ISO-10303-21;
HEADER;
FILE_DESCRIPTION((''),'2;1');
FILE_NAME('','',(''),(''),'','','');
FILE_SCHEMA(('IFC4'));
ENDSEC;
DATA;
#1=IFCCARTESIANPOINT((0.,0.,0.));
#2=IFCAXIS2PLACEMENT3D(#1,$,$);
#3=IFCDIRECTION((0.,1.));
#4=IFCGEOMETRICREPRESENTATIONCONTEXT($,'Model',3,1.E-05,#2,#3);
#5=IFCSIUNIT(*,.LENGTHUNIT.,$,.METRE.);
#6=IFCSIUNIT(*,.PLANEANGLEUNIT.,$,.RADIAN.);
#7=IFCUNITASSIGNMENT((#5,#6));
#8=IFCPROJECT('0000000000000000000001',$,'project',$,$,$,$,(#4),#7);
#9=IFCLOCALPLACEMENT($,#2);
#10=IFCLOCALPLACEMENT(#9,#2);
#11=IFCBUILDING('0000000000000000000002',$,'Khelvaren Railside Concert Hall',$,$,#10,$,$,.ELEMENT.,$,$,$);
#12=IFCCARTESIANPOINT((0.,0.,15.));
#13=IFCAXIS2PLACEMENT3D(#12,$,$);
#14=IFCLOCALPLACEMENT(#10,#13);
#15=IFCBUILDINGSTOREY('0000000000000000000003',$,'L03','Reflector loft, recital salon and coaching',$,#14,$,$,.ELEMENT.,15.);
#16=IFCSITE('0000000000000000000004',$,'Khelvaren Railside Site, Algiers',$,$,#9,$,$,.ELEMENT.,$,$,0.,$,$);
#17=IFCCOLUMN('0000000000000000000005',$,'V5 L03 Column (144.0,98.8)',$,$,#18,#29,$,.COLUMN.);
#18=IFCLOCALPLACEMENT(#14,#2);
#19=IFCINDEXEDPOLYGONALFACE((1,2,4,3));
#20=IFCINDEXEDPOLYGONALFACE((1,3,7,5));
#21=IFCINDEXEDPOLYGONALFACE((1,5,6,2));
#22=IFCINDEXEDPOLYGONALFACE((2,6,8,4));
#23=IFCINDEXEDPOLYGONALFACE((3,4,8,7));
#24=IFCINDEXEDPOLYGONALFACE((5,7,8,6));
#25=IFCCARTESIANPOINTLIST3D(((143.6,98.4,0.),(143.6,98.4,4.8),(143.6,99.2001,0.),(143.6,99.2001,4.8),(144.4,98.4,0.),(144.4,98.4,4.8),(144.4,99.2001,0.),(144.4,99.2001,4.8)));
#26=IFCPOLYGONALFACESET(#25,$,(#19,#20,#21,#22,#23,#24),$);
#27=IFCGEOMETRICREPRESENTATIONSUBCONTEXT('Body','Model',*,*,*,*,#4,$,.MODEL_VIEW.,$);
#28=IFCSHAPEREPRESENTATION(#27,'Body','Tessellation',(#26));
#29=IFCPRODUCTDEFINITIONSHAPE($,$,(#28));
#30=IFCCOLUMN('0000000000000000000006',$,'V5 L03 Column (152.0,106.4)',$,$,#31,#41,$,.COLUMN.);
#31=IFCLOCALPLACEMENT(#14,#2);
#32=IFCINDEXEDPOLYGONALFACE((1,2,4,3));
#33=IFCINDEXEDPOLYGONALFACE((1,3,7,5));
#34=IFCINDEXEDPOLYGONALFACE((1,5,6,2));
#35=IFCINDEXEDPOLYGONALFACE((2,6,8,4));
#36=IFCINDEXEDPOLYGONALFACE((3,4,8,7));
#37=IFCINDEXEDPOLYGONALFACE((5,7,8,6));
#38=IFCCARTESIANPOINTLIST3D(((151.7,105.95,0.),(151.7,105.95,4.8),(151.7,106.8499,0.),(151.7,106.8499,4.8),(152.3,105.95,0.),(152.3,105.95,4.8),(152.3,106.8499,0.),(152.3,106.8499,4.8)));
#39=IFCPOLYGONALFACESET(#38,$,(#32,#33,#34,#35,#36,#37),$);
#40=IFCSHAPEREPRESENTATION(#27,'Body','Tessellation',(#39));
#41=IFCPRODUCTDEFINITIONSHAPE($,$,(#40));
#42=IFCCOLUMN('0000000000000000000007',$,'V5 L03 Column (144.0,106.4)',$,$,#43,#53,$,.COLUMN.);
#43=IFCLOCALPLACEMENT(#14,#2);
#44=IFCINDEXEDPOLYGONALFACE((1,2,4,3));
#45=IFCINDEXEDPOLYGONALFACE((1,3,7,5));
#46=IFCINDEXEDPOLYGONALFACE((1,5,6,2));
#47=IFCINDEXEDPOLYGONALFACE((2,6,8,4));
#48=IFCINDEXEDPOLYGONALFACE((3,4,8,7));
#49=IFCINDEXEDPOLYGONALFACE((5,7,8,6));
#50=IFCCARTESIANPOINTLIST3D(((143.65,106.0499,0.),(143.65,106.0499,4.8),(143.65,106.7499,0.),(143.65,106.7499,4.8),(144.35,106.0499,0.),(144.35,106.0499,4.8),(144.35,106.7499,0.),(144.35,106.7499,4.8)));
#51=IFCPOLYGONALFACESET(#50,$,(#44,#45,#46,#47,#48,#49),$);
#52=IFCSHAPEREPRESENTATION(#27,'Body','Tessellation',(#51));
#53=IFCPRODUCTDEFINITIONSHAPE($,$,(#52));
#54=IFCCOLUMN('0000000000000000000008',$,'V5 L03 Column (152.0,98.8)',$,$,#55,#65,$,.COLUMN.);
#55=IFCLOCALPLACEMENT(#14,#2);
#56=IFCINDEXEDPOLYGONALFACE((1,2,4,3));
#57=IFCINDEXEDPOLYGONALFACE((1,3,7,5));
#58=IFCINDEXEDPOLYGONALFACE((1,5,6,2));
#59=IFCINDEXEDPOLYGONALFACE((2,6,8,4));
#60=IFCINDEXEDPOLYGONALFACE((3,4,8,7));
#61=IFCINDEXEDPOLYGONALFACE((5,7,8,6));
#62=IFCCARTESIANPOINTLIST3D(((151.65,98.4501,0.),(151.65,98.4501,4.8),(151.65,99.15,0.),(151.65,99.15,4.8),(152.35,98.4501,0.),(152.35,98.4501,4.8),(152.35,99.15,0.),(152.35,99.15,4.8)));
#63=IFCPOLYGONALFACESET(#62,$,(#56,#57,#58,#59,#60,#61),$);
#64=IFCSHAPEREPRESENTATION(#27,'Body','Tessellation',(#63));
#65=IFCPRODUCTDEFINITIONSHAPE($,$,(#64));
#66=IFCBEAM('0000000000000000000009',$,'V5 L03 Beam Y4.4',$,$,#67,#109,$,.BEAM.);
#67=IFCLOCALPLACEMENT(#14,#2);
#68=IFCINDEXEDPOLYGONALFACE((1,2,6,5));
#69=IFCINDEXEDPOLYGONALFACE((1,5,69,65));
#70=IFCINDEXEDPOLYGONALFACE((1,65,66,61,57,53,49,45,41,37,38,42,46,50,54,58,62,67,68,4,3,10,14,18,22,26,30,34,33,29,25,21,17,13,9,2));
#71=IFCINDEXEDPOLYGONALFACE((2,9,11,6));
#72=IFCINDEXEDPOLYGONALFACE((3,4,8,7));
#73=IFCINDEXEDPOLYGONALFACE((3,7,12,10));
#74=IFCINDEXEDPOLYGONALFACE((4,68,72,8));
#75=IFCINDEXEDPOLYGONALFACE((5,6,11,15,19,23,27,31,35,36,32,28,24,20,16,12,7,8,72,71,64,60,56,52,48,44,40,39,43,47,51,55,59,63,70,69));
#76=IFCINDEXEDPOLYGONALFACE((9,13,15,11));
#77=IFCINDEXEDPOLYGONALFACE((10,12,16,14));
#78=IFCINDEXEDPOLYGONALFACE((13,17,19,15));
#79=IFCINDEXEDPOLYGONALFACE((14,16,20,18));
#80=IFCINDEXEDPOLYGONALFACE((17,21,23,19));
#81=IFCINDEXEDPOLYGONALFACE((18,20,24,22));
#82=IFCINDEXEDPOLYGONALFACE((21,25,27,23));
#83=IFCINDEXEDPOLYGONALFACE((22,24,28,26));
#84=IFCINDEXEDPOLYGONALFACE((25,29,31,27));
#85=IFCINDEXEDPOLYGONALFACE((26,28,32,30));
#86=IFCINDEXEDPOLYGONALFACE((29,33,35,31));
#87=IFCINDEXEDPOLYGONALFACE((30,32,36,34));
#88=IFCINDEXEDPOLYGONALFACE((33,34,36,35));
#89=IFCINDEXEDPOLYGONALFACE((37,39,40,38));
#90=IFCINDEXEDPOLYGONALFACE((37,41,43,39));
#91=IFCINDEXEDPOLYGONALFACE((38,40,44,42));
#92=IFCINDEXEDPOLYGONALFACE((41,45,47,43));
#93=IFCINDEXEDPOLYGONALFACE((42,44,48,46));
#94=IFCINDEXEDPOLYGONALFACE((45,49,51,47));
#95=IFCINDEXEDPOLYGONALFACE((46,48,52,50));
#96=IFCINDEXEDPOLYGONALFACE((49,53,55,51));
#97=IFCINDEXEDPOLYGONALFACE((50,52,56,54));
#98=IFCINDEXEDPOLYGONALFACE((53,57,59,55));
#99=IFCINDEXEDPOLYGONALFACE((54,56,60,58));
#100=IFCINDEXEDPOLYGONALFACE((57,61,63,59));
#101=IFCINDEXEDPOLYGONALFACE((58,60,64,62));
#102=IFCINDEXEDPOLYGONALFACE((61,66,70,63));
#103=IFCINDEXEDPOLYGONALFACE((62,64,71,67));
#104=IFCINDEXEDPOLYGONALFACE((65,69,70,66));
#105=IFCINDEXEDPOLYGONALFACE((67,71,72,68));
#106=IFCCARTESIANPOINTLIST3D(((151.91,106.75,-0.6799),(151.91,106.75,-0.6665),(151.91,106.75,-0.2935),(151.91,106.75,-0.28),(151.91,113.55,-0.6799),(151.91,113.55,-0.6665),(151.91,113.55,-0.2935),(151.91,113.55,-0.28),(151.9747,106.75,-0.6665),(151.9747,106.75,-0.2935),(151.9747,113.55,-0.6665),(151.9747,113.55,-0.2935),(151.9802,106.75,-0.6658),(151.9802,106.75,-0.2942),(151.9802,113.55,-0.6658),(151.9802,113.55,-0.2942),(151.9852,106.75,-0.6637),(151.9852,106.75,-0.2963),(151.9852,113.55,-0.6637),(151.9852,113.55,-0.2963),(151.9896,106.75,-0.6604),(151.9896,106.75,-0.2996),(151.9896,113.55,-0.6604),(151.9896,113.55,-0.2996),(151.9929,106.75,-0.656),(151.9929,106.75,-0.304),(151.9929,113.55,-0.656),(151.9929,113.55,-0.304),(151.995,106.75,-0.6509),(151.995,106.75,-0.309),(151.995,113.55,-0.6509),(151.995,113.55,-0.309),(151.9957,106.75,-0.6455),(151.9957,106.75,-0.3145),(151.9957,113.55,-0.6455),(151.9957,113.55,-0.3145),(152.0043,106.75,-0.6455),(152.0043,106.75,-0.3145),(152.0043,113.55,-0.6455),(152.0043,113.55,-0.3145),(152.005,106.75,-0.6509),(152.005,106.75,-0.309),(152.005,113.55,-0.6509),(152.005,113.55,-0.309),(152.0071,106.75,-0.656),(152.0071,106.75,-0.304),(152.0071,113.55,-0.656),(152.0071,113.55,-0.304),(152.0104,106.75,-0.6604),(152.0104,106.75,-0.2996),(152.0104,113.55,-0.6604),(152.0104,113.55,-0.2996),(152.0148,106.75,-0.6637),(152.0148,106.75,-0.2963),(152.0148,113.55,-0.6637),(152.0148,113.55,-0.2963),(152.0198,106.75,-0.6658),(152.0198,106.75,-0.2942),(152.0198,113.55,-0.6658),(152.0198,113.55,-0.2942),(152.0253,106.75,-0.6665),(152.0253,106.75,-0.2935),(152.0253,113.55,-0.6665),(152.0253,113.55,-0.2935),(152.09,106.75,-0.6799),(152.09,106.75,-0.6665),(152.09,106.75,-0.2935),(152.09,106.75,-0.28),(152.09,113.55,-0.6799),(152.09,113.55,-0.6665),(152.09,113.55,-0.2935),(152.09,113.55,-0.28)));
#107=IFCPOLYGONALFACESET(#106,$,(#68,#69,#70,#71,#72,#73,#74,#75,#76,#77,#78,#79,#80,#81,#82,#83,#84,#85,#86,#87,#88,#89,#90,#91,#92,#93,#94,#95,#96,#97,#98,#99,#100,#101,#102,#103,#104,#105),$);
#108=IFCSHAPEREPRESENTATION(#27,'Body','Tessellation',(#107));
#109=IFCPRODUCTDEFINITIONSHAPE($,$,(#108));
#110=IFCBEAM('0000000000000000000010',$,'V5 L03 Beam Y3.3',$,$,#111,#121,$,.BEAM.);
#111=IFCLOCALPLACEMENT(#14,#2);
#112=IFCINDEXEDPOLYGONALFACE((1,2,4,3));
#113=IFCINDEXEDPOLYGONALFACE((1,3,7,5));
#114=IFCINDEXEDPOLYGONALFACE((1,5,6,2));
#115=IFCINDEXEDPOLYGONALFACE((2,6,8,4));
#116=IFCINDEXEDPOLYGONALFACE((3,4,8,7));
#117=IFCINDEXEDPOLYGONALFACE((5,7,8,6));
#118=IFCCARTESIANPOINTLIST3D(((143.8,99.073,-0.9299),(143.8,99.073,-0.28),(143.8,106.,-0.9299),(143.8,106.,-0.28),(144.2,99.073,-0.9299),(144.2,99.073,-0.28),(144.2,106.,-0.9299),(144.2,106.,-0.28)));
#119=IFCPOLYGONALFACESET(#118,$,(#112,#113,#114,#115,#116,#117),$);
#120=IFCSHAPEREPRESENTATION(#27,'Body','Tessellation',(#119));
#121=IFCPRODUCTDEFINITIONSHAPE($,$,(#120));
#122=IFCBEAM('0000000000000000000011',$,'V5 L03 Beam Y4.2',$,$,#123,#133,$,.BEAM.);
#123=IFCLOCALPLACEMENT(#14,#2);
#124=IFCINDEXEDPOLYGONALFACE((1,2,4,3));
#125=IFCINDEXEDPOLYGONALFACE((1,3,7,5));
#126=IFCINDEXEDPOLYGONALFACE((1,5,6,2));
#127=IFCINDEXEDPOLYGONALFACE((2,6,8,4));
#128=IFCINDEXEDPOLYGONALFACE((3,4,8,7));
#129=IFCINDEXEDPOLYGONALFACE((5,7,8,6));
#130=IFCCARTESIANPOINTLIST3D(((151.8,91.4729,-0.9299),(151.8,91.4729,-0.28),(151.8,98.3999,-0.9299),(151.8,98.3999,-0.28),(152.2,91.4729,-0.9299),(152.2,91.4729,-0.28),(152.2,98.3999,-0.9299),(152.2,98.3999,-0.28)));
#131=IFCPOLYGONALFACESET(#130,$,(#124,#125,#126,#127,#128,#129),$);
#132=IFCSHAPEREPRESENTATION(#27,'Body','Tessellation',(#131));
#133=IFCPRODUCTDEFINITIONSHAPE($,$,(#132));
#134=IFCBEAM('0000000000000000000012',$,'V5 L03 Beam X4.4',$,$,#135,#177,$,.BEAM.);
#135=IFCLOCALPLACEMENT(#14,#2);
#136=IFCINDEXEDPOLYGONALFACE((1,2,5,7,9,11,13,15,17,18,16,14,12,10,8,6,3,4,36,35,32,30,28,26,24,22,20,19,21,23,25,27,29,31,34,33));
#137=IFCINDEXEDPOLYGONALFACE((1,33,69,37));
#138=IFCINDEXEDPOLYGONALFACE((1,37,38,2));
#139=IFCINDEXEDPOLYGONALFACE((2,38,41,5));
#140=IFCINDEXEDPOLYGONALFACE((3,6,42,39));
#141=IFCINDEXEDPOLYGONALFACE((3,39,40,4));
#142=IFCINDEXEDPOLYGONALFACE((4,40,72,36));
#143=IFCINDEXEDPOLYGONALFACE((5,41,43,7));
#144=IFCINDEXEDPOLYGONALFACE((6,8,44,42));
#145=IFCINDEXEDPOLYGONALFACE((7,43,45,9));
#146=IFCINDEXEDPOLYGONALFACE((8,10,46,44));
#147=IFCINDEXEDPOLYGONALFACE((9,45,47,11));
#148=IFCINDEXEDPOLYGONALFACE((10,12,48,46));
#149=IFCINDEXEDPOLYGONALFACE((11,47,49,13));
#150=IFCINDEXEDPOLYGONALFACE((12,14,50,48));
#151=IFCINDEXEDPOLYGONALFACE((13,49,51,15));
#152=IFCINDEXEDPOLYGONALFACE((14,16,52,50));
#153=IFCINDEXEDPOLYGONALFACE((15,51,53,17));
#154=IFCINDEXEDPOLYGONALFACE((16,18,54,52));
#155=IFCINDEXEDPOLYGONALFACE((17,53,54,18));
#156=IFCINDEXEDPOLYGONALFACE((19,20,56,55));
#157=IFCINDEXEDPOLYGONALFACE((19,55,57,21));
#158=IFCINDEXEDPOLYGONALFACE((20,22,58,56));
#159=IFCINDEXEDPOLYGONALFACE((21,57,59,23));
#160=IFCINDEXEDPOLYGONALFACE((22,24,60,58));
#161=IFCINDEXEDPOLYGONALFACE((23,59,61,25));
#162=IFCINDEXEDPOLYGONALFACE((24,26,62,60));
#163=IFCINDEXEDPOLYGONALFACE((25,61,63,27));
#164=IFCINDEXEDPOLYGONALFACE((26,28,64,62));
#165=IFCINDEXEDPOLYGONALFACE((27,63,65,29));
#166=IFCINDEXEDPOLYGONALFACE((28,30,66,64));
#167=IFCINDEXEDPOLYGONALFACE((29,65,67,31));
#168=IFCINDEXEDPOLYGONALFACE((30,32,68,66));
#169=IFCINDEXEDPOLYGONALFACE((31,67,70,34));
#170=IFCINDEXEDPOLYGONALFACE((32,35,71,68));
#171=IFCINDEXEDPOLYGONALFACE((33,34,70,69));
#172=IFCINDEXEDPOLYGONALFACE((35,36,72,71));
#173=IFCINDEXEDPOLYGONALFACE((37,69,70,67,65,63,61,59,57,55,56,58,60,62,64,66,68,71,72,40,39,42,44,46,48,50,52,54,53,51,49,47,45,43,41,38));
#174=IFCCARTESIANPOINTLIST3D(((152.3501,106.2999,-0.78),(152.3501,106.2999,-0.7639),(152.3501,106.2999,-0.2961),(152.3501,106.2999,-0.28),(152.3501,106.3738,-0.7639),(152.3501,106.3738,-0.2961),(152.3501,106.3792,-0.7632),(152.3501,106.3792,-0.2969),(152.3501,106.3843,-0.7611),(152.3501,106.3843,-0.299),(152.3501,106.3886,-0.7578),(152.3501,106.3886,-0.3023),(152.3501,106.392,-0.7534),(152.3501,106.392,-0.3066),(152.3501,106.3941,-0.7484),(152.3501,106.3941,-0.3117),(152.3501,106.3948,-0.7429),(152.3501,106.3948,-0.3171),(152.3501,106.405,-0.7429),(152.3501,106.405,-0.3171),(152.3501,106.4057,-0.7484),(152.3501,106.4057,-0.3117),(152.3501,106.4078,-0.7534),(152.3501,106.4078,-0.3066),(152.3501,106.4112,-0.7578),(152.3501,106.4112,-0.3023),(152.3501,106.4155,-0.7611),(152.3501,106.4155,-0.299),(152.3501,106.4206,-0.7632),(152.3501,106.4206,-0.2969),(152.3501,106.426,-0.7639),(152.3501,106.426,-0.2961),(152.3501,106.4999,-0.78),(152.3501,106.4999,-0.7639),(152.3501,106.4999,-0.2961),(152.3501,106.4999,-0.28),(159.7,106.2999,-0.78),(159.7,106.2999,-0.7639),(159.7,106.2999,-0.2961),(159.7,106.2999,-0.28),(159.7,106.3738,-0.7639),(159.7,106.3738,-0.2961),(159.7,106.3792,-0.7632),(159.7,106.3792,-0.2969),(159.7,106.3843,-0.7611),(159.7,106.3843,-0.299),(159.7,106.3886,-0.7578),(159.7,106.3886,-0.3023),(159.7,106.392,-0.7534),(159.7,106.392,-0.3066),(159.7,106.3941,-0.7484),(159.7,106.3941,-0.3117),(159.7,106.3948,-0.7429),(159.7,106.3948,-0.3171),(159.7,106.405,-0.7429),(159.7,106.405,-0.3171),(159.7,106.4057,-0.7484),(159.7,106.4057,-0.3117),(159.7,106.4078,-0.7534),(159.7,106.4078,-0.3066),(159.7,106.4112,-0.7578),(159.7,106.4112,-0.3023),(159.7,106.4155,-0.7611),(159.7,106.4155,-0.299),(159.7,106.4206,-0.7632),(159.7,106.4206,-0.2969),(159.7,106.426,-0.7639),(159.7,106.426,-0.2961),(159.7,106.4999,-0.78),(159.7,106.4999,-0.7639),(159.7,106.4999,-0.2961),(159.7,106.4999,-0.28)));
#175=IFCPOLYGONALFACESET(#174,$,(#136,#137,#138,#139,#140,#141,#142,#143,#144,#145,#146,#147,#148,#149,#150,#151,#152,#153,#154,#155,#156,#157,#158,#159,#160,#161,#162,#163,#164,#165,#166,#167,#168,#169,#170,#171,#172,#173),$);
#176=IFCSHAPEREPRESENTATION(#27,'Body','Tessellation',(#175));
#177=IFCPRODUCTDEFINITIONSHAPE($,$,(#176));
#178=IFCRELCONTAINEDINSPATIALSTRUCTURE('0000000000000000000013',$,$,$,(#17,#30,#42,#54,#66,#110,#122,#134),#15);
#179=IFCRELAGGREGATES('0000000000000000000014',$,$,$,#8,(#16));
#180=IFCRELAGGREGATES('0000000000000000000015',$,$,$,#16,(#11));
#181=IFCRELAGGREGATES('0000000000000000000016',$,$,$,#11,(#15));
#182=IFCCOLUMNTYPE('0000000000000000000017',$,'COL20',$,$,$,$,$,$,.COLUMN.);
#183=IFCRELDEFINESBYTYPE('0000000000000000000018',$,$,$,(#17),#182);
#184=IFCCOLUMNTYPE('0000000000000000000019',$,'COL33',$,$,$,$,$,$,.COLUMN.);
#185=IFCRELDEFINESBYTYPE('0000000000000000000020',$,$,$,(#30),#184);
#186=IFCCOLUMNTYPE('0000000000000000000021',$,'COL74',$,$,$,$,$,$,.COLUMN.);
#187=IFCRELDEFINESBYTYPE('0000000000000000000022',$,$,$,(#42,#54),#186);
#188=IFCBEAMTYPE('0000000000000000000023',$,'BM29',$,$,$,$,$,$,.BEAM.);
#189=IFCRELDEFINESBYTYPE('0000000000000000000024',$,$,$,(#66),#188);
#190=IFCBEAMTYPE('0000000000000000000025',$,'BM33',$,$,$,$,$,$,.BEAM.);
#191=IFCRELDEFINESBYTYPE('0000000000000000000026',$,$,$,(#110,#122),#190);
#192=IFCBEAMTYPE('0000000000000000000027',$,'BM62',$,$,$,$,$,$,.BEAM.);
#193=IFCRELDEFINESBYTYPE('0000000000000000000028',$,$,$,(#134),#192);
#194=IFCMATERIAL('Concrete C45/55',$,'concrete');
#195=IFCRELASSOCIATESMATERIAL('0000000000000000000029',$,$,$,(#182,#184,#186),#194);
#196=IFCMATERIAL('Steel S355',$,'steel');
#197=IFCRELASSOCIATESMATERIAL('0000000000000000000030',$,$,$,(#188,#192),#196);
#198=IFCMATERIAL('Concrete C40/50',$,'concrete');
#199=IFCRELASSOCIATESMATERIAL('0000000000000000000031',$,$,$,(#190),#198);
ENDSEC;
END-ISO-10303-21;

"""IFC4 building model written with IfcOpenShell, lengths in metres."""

from ifc_helpers import new_model, si_unit, direction, frame, origin, origin_2d, place, context, subcontext, project, spatial, rectangle, i_section, extrude, material, material_profile, profile_set, type_object, element, save


model = new_model("IFC4")

# Units and contexts
model_context = context("Model", 3, precision=1e-05, world=origin(), true_north=direction((0.0, 1.0)))
body_context = subcontext(model_context, "Body", "Model", "MODEL_VIEW")
ifc_project = project(units=[si_unit("LENGTHUNIT", "METRE"), si_unit("PLANEANGLEUNIT", "RADIAN")], contexts=[model_context])

# Site, building, storey
site_placement = place(None, origin())
site = spatial("IfcSite", under=ifc_project, at=site_placement, Name="Khelvaren Railside Site, Algiers", CompositionType="ELEMENT", RefElevation=0.0)
building_placement = place(site_placement, origin())
building = spatial("IfcBuilding", under=site, at=building_placement, Name="Khelvaren Railside Concert Hall", CompositionType="ELEMENT")
storey_placement = place(building_placement, frame((0.0, 0.0, 15.0)))
storey = spatial("IfcBuildingStorey", under=building, at=storey_placement, Name="L03", Description="Reflector loft, recital salon and coaching", CompositionType="ELEMENT", Elevation=15.0)

# Columns
ifc_material_1 = material(Name="Concrete C45/55", Category="concrete")
ifc_material_profile_1 = material_profile(ifc_material_1, rectangle(XDim=0.8, YDim=0.8, at=origin_2d()), Name="RC 800x800")
ifc_profile_set_1 = profile_set([ifc_material_profile_1], Name="Concrete C45/55")
column_type_1 = type_object("IfcColumnType", Name="COL20", PredefinedType="COLUMN", material=ifc_profile_set_1)
column_1_placement = place(storey_placement, frame((144.0, 98.8, 0.0), z_axis=(0.0, 0.0, 1.0), x_axis=(1.0, 0.0, 0.0)))
element("IfcColumn", 1, at=column_1_placement, inside=storey, type_object=column_type_1, Name="V5 L03 Column (144.0,98.8)", PredefinedType="COLUMN", context=body_context, shape_type="SweptSolid", body=[
    extrude(rectangle(XDim=0.8, YDim=0.8, at=origin_2d()), origin(), (0.0, 0.0, 1.0), 4.8),
])
ifc_material_profile_2 = material_profile(ifc_material_1, rectangle(XDim=0.6001, YDim=0.8999, at=origin_2d()), Name="RC 600x900")
ifc_profile_set_2 = profile_set([ifc_material_profile_2], Name="Concrete C45/55")
column_type_2 = type_object("IfcColumnType", Name="COL33", PredefinedType="COLUMN", material=ifc_profile_set_2)
column_2_placement = place(storey_placement, frame((152.0, 106.3999, 0.0), z_axis=(0.0, 0.0, 1.0), x_axis=(1.0, 0.0, 0.0)))
element("IfcColumn", 2, at=column_2_placement, inside=storey, type_object=column_type_2, Name="V5 L03 Column (152.0,106.4)", PredefinedType="COLUMN", context=body_context, shape_type="SweptSolid", body=[
    extrude(rectangle(XDim=0.6001, YDim=0.8999, at=origin_2d()), origin(), (0.0, 0.0, 1.0), 4.8),
])
ifc_material_profile_3 = material_profile(ifc_material_1, rectangle(XDim=0.7, YDim=0.7, at=origin_2d()), Name="RC 700x700")
ifc_profile_set_3 = profile_set([ifc_material_profile_3], Name="Concrete C45/55")
column_type_3 = type_object("IfcColumnType", Name="COL74", PredefinedType="COLUMN", material=ifc_profile_set_3)
for number, where, z_axis, x_axis, name in (
    (3, (144.0, 106.3999, 0.0), (0.0, 0.0, 1.0), (1.0, 0.0, 0.0), "V5 L03 Column (144.0,106.4)"),
    (4, (152.0, 98.8, 0.0), (0.0, 0.0, 1.0), (1.0, 0.0, 0.0), "V5 L03 Column (152.0,98.8)"),
):
    element("IfcColumn", number, at=place(storey_placement, frame(where, z_axis=z_axis, x_axis=x_axis)), inside=storey, type_object=column_type_3, Name=name, PredefinedType="COLUMN", context=body_context, shape_type="SweptSolid", body=[
        extrude(rectangle(XDim=0.7, YDim=0.7, at=origin_2d()), origin(), (0.0, 0.0, 1.0), 4.8),
    ])

# Beams
ifc_material_2 = material(Name="Steel S355", Category="steel")
ifc_material_profile_4 = material_profile(ifc_material_2, i_section(OverallWidth=0.1799, OverallDepth=0.3999, WebThickness=0.0085, FlangeThickness=0.0134, FilletRadius=0.021, at=origin_2d()), Name="IPE 400")
ifc_profile_set_4 = profile_set([ifc_material_profile_4], Name="Steel S355")
beam_type_1 = type_object("IfcBeamType", Name="BM29", PredefinedType="BEAM", material=ifc_profile_set_4)
beam_1_placement = place(storey_placement, frame((152.0, 106.75, -0.48), z_axis=(0.0, 1.0, 0.0), x_axis=(-1.0, 0.0, 0.0)))
element("IfcBeam", 5, at=beam_1_placement, inside=storey, type_object=beam_type_1, Name="V5 L03 Beam Y4.4", PredefinedType="BEAM", context=body_context, shape_type="SweptSolid", body=[
    extrude(i_section(OverallWidth=0.1799, OverallDepth=0.3999, WebThickness=0.0085, FlangeThickness=0.0134, FilletRadius=0.021, at=origin_2d()), origin(), (0.0, 0.0, 1.0), 6.8),
])
ifc_material_3 = material(Name="Concrete C40/50", Category="concrete")
ifc_material_profile_5 = material_profile(ifc_material_3, rectangle(XDim=0.3999, YDim=0.6499, at=origin_2d()), Name="RCB 400x650")
ifc_profile_set_5 = profile_set([ifc_material_profile_5], Name="Concrete C40/50")
beam_type_2 = type_object("IfcBeamType", Name="BM33", PredefinedType="BEAM", material=ifc_profile_set_5)
for number, where, z_axis, x_axis, name in (
    (6, (144.0, 99.073, -0.605), (0.0, 1.0, 0.0), (-1.0, 0.0, 0.0), "V5 L03 Beam Y3.3"),
    (7, (152.0, 91.4729, -0.605), (0.0, 1.0, 0.0), (-1.0, 0.0, 0.0), "V5 L03 Beam Y4.2"),
):
    element("IfcBeam", number, at=place(storey_placement, frame(where, z_axis=z_axis, x_axis=x_axis)), inside=storey, type_object=beam_type_2, Name=name, PredefinedType="BEAM", context=body_context, shape_type="SweptSolid", body=[
        extrude(rectangle(XDim=0.3999, YDim=0.6499, at=origin_2d()), origin(), (0.0, 0.0, 1.0), 6.927),
    ])
ifc_material_profile_6 = material_profile(ifc_material_2, i_section(OverallWidth=0.2, OverallDepth=0.5, WebThickness=0.0103, FlangeThickness=0.0161, FilletRadius=0.021, at=origin_2d()), Name="IPE 500")
ifc_profile_set_6 = profile_set([ifc_material_profile_6], Name="Steel S355")
beam_type_3 = type_object("IfcBeamType", Name="BM62", PredefinedType="BEAM", material=ifc_profile_set_6)
beam_2_placement = place(storey_placement, frame((152.3501, 106.3999, -0.53), z_axis=(1.0, 0.0, 0.0), x_axis=(0.0, 1.0, 0.0)))
element("IfcBeam", 8, at=beam_2_placement, inside=storey, type_object=beam_type_3, Name="V5 L03 Beam X4.4", PredefinedType="BEAM", context=body_context, shape_type="SweptSolid", body=[
    extrude(i_section(OverallWidth=0.2, OverallDepth=0.5, WebThickness=0.0103, FlangeThickness=0.0161, FilletRadius=0.021, at=origin_2d()), origin(), (0.0, 0.0, 1.0), 7.3499),
])

save(model, "model.ifc")
